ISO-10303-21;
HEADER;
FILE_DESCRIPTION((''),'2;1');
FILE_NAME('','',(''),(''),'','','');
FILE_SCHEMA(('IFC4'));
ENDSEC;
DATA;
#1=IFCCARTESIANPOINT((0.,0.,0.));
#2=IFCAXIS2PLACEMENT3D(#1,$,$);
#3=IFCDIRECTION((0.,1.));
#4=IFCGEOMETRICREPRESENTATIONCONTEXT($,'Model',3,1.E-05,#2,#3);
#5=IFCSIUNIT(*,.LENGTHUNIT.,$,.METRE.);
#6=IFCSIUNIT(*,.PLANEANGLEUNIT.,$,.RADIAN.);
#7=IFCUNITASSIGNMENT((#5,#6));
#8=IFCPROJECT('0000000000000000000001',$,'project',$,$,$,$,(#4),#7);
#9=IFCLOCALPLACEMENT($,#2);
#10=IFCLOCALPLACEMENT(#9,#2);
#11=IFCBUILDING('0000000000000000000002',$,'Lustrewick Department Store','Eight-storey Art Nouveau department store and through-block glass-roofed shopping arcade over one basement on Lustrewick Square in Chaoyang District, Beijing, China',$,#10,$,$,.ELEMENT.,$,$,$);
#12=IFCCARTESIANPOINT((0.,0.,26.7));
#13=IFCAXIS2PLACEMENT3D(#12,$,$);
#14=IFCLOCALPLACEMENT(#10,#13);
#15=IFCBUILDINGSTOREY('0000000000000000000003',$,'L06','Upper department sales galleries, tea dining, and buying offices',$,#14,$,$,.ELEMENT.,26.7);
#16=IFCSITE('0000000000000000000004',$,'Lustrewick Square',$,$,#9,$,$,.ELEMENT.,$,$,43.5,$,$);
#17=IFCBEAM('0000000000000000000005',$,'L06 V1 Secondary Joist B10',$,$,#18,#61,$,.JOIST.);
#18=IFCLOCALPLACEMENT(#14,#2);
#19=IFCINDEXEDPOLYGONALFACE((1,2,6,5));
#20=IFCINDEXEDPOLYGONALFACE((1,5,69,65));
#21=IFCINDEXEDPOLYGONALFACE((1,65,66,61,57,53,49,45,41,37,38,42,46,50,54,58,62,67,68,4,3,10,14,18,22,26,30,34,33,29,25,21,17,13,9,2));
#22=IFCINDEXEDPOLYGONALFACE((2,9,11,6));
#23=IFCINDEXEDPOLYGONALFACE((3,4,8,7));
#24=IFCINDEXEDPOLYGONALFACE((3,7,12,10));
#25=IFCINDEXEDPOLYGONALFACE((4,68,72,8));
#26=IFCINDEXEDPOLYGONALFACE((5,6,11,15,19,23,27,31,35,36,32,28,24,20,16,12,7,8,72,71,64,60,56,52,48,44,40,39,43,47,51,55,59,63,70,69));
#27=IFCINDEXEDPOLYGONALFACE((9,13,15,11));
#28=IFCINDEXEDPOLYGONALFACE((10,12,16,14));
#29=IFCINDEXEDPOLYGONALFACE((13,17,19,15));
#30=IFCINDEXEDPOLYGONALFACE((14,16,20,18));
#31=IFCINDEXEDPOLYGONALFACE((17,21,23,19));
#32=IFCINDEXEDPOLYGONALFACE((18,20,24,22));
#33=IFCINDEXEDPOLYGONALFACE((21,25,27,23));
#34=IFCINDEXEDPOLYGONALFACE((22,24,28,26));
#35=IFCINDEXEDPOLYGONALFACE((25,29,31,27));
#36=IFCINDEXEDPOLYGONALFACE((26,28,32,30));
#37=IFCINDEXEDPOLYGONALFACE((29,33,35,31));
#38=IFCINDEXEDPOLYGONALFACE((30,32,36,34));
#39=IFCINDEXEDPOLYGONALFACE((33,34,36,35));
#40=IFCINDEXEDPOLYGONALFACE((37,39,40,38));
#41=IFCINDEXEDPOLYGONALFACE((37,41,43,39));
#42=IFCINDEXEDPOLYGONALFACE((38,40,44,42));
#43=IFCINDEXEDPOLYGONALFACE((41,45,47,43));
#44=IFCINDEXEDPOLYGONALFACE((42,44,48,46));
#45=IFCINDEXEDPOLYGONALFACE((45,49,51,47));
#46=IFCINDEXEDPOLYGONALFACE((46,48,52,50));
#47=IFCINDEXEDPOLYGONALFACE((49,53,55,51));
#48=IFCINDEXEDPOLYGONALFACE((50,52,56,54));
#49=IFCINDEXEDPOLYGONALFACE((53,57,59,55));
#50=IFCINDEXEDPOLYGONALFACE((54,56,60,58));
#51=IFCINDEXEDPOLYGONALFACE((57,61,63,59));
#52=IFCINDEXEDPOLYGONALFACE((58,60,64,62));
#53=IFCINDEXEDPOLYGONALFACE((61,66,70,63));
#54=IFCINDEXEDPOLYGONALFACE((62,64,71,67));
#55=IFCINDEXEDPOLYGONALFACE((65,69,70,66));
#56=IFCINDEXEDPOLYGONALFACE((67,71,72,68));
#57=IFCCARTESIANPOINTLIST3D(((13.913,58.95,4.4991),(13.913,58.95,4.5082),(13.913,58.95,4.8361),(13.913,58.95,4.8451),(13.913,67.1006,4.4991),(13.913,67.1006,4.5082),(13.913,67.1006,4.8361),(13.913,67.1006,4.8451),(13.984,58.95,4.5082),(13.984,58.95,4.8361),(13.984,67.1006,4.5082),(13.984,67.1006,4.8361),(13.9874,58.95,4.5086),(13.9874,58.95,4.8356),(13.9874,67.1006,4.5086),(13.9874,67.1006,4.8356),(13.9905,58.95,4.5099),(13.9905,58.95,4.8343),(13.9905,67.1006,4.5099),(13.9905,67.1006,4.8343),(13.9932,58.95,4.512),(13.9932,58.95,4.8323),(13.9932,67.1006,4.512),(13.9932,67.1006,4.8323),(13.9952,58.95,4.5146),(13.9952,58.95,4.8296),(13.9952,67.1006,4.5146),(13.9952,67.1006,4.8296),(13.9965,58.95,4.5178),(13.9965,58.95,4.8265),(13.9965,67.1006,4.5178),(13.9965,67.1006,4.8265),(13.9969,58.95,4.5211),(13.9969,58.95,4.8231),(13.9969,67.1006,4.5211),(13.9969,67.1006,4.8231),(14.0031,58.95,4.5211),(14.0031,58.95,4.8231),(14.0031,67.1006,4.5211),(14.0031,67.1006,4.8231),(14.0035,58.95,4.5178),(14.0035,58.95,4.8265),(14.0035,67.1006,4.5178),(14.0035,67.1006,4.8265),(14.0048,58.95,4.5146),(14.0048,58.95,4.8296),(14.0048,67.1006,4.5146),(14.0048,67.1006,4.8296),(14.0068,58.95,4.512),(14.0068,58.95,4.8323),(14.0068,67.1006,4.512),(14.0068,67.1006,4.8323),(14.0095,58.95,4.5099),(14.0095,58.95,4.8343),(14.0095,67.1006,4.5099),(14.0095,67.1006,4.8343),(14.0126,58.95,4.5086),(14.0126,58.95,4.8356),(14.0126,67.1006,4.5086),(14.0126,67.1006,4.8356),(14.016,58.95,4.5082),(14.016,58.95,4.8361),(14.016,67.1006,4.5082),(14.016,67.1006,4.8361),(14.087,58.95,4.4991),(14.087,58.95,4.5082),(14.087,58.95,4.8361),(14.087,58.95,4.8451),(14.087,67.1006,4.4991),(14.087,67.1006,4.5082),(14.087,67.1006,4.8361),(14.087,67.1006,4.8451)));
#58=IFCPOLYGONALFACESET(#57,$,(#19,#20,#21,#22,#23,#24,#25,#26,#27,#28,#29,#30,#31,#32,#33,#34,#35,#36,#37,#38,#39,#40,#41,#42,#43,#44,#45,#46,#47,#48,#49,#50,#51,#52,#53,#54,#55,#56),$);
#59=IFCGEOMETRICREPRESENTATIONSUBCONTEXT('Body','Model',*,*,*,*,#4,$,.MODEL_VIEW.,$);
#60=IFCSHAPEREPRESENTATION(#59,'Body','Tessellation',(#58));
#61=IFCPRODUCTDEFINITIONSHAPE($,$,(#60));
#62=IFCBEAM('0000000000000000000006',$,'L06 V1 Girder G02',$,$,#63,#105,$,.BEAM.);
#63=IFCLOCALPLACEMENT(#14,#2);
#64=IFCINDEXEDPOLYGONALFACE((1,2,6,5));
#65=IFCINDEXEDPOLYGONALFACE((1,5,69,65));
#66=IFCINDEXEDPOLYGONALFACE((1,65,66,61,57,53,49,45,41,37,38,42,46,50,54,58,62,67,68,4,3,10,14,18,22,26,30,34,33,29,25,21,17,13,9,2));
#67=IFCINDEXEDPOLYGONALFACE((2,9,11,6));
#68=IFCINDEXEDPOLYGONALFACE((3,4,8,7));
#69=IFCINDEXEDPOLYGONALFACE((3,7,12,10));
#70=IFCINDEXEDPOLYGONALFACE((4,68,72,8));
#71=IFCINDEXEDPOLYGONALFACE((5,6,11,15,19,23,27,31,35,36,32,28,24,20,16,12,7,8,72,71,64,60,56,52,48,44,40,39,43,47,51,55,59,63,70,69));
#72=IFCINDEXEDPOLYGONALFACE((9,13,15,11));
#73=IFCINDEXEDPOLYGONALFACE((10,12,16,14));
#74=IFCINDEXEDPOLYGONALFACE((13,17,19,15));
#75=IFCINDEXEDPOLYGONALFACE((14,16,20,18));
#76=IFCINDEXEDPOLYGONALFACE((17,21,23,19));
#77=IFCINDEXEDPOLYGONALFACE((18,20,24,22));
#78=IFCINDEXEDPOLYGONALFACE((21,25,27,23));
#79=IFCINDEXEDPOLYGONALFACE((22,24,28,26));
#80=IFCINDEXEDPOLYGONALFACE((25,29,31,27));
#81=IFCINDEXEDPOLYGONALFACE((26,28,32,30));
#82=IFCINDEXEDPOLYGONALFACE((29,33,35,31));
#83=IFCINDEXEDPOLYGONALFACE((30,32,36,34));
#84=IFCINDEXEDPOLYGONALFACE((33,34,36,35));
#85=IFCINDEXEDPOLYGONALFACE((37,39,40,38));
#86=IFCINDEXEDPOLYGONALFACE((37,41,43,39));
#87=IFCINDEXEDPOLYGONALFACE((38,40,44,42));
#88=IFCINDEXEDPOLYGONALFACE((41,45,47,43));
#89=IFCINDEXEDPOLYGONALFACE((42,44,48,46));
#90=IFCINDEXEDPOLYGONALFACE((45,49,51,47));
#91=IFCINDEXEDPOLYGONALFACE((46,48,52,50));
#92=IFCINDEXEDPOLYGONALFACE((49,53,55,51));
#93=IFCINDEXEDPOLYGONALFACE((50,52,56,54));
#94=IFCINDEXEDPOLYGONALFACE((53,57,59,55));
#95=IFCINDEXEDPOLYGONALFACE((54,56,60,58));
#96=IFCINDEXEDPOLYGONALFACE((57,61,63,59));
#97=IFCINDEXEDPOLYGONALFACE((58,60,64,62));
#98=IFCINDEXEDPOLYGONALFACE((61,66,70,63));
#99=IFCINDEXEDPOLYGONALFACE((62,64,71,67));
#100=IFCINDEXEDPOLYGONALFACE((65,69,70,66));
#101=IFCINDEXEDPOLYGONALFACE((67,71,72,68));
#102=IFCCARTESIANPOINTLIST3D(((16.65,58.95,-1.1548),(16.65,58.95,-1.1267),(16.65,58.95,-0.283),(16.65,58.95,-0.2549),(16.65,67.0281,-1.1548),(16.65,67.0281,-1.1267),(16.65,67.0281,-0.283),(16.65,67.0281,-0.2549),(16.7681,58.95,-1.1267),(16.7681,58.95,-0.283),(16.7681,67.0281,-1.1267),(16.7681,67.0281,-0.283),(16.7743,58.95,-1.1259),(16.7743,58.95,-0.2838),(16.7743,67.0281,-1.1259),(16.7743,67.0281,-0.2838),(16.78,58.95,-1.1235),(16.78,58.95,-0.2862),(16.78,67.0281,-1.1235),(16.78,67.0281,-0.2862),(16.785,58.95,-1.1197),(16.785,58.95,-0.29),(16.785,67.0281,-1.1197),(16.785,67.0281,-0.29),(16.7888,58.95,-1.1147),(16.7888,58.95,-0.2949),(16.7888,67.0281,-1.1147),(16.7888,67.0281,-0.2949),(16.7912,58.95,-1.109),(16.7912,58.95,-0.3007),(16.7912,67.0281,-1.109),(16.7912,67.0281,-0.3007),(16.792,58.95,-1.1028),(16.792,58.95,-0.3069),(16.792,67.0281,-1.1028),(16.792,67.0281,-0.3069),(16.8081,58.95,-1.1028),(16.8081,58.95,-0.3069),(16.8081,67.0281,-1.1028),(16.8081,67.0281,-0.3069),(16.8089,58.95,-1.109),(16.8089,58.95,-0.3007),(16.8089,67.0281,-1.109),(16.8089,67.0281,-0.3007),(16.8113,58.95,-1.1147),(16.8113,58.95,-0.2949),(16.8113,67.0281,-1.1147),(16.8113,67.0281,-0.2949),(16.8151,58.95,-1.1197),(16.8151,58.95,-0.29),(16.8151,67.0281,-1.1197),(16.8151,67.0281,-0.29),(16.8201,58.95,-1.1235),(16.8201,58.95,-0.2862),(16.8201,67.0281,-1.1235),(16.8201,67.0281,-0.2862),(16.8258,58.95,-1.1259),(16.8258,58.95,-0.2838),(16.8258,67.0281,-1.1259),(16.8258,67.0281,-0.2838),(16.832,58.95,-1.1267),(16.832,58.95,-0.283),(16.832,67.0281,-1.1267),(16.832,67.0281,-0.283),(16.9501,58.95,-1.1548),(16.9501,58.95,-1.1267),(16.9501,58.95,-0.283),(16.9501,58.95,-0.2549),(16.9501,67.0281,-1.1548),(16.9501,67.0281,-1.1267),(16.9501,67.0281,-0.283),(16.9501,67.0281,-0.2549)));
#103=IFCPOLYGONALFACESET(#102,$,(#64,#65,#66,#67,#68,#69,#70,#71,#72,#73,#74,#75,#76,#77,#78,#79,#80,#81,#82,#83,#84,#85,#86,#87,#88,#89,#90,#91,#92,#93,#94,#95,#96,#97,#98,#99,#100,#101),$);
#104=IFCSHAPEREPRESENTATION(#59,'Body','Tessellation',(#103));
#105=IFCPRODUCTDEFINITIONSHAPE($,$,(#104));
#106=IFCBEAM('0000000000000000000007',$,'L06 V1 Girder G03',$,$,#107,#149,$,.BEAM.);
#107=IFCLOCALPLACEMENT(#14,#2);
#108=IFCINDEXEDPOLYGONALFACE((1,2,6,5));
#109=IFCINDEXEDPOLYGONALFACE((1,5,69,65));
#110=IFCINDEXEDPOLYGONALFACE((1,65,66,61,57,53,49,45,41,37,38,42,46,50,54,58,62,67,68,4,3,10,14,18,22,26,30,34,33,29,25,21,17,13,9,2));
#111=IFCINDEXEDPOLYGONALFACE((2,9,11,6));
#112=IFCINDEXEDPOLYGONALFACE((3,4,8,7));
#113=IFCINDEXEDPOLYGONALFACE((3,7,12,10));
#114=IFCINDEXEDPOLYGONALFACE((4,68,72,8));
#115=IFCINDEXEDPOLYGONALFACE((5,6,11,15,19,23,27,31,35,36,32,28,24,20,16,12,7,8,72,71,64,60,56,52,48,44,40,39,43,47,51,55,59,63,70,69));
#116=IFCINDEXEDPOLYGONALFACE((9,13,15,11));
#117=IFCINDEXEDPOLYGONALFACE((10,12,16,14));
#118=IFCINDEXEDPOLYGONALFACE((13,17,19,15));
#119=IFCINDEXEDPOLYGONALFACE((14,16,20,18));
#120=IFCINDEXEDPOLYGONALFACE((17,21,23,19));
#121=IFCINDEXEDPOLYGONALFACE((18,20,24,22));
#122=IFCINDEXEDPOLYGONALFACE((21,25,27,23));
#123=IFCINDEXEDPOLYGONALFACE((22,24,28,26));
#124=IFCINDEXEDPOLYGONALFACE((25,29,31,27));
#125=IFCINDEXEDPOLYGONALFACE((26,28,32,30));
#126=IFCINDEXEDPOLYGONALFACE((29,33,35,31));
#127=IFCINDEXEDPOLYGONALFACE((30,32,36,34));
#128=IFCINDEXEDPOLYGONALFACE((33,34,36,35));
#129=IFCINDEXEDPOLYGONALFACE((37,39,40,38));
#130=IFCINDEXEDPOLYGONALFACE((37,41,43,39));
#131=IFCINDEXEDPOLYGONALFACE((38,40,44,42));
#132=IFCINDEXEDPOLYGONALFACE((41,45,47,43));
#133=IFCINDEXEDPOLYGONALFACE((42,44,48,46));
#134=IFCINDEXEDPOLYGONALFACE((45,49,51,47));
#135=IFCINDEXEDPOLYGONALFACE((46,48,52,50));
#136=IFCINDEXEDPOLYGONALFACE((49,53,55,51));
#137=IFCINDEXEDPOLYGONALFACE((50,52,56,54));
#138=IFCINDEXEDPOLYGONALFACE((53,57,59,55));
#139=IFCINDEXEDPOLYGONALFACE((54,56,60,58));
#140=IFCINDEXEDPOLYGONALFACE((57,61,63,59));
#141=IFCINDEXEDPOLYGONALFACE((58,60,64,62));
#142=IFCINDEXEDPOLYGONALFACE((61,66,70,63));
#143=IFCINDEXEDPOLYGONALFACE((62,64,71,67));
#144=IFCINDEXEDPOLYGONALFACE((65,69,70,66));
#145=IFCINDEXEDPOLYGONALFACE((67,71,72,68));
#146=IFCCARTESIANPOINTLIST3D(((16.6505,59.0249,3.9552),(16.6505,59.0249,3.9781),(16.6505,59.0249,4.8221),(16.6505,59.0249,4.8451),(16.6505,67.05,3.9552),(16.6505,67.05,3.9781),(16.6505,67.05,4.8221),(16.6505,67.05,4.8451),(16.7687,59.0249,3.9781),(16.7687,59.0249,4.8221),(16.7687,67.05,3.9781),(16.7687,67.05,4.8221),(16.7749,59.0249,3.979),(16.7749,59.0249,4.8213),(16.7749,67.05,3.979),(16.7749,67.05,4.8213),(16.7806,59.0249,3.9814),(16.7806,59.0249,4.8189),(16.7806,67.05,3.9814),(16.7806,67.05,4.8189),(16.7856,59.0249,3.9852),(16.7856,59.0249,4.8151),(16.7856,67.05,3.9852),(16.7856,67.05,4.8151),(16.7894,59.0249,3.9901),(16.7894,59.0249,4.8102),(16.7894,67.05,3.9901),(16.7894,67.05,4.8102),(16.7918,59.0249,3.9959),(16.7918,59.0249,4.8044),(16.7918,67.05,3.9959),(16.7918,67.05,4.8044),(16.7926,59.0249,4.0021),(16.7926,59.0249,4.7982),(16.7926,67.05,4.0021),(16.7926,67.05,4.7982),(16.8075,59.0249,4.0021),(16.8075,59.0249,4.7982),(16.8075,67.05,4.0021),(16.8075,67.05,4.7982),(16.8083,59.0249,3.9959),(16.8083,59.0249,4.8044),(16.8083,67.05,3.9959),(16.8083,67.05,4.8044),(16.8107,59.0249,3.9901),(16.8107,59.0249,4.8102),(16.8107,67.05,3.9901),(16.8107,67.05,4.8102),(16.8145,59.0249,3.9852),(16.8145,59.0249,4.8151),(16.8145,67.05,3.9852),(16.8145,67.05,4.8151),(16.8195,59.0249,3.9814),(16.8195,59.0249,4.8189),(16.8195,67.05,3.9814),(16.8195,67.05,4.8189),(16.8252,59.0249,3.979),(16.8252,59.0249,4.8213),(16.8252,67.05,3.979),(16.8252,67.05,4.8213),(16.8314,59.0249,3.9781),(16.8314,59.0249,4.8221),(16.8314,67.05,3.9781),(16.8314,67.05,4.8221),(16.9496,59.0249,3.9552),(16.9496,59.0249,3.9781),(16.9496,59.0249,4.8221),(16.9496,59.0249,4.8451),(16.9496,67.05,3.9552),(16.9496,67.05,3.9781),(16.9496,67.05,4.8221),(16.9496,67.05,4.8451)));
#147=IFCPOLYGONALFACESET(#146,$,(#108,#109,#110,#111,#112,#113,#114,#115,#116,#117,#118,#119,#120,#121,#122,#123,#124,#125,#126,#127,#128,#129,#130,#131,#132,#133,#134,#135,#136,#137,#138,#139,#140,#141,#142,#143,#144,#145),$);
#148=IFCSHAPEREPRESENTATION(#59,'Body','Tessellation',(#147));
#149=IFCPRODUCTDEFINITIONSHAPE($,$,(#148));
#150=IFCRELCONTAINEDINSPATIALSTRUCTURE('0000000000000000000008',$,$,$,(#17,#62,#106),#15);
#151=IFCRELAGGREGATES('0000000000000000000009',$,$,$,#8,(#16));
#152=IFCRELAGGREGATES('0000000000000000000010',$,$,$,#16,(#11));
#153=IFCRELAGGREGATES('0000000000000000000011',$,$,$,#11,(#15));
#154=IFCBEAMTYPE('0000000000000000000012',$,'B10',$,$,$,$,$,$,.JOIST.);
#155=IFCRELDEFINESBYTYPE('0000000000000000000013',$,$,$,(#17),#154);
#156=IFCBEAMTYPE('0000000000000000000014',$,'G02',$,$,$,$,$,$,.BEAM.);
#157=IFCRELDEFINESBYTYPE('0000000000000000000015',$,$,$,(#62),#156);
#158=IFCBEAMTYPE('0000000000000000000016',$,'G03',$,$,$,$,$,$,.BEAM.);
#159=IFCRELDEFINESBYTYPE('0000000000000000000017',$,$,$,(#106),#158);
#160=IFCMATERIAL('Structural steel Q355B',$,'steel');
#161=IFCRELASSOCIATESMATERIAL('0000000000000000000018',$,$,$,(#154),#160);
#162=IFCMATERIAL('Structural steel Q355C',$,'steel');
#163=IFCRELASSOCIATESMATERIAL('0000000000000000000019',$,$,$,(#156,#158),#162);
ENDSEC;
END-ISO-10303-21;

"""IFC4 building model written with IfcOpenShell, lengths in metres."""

from ifc_helpers import new_model, si_unit, direction, frame, origin, origin_2d, place, context, subcontext, project, spatial, i_section, extrude, material, material_profile, profile_set, type_object, element, save


model = new_model("IFC4")

# Units and contexts
model_context = context("Model", 3, precision=1e-05, world=origin(), true_north=direction((0.0, 1.0)))
body_context = subcontext(model_context, "Body", "Model", "MODEL_VIEW")
ifc_project = project(units=[si_unit("LENGTHUNIT", "METRE"), si_unit("PLANEANGLEUNIT", "RADIAN")], contexts=[model_context])

# Site, building, storey
site_placement = place(None, origin())
site = spatial("IfcSite", under=ifc_project, at=site_placement, Name="Lustrewick Square", CompositionType="ELEMENT", RefElevation=43.5)
building_placement = place(site_placement, origin())
building = spatial("IfcBuilding", under=site, at=building_placement, Name="Lustrewick Department Store", Description="Eight-storey Art Nouveau department store and through-block glass-roofed shopping arcade over one basement on Lustrewick Square in Chaoyang District, Beijing, China", CompositionType="ELEMENT")
storey_placement = place(building_placement, frame((0.0, 0.0, 26.7)))
storey = spatial("IfcBuildingStorey", under=building, at=storey_placement, Name="L06", Description="Upper department sales galleries, tea dining, and buying offices", CompositionType="ELEMENT", Elevation=26.7)

# Shared definitions
ifc_material_1 = material(Name="Structural steel Q355B", Category="steel")

# Beams
ifc_material_profile_1 = material_profile(ifc_material_1, i_section(OverallWidth=0.1741, OverallDepth=0.3459, WebThickness=0.0061, FlangeThickness=0.009, FilletRadius=0.0129, at=origin_2d()), Name="HN 346x174x6x9")
ifc_profile_set_1 = profile_set([ifc_material_profile_1], Name="Structural steel Q355B")
beam_type_1 = type_object("IfcBeamType", Name="B10", PredefinedType="JOIST", material=ifc_profile_set_1)
beam_1_placement = place(storey_placement, frame((14.0, 58.95, 4.6721), z_axis=(0.0, 1.0, 0.0), x_axis=(-1.0, 0.0, 0.0)))
element("IfcBeam", 1, at=beam_1_placement, inside=storey, type_object=beam_type_1, Name="L06 V1 Secondary Joist B10", PredefinedType="JOIST", context=body_context, shape_type="SweptSolid", body=[
    extrude(i_section(OverallWidth=0.1741, OverallDepth=0.3459, WebThickness=0.0061, FlangeThickness=0.009, FilletRadius=0.0129, at=origin_2d()), origin(), (0.0, 0.0, 1.0), 8.1506),
])
ifc_material_2 = material(Name="Structural steel Q355C", Category="steel")
ifc_material_profile_2 = material_profile(ifc_material_2, i_section(OverallWidth=0.3, OverallDepth=0.8999, WebThickness=0.0161, FlangeThickness=0.0281, FilletRadius=0.0239, at=origin_2d()), Name="HN 900x300x16x28")
ifc_profile_set_2 = profile_set([ifc_material_profile_2], Name="Structural steel Q355C")
beam_type_2 = type_object("IfcBeamType", Name="G02", PredefinedType="BEAM", material=ifc_profile_set_2)
beam_2_placement = place(storey_placement, frame((16.8, 58.95, -0.7048), z_axis=(0.0, 1.0, 0.0), x_axis=(-1.0, 0.0, 0.0)))
element("IfcBeam", 2, at=beam_2_placement, inside=storey, type_object=beam_type_2, Name="L06 V1 Girder G02", PredefinedType="BEAM", context=body_context, shape_type="SweptSolid", body=[
    extrude(i_section(OverallWidth=0.3, OverallDepth=0.8999, WebThickness=0.0161, FlangeThickness=0.0281, FilletRadius=0.0239, at=origin_2d()), origin(), (0.0, 0.0, 1.0), 8.0781),
])
ifc_material_profile_3 = material_profile(ifc_material_2, i_section(OverallWidth=0.2991, OverallDepth=0.8899, WebThickness=0.0149, FlangeThickness=0.0229, FilletRadius=0.0239, at=origin_2d()), Name="HN 890x299x15x23")
ifc_profile_set_3 = profile_set([ifc_material_profile_3], Name="Structural steel Q355C")
beam_type_3 = type_object("IfcBeamType", Name="G03", PredefinedType="BEAM", material=ifc_profile_set_3)
beam_3_placement = place(storey_placement, frame((16.8, 59.0249, 4.4001), z_axis=(0.0, 1.0, 0.0), x_axis=(-1.0, 0.0, 0.0)))
element("IfcBeam", 3, at=beam_3_placement, inside=storey, type_object=beam_type_3, Name="L06 V1 Girder G03", PredefinedType="BEAM", context=body_context, shape_type="SweptSolid", body=[
    extrude(i_section(OverallWidth=0.2991, OverallDepth=0.8899, WebThickness=0.0149, FlangeThickness=0.0229, FilletRadius=0.0239, at=origin_2d()), origin(), (0.0, 0.0, 1.0), 8.0251),
])

save(model, "model.ifc")
